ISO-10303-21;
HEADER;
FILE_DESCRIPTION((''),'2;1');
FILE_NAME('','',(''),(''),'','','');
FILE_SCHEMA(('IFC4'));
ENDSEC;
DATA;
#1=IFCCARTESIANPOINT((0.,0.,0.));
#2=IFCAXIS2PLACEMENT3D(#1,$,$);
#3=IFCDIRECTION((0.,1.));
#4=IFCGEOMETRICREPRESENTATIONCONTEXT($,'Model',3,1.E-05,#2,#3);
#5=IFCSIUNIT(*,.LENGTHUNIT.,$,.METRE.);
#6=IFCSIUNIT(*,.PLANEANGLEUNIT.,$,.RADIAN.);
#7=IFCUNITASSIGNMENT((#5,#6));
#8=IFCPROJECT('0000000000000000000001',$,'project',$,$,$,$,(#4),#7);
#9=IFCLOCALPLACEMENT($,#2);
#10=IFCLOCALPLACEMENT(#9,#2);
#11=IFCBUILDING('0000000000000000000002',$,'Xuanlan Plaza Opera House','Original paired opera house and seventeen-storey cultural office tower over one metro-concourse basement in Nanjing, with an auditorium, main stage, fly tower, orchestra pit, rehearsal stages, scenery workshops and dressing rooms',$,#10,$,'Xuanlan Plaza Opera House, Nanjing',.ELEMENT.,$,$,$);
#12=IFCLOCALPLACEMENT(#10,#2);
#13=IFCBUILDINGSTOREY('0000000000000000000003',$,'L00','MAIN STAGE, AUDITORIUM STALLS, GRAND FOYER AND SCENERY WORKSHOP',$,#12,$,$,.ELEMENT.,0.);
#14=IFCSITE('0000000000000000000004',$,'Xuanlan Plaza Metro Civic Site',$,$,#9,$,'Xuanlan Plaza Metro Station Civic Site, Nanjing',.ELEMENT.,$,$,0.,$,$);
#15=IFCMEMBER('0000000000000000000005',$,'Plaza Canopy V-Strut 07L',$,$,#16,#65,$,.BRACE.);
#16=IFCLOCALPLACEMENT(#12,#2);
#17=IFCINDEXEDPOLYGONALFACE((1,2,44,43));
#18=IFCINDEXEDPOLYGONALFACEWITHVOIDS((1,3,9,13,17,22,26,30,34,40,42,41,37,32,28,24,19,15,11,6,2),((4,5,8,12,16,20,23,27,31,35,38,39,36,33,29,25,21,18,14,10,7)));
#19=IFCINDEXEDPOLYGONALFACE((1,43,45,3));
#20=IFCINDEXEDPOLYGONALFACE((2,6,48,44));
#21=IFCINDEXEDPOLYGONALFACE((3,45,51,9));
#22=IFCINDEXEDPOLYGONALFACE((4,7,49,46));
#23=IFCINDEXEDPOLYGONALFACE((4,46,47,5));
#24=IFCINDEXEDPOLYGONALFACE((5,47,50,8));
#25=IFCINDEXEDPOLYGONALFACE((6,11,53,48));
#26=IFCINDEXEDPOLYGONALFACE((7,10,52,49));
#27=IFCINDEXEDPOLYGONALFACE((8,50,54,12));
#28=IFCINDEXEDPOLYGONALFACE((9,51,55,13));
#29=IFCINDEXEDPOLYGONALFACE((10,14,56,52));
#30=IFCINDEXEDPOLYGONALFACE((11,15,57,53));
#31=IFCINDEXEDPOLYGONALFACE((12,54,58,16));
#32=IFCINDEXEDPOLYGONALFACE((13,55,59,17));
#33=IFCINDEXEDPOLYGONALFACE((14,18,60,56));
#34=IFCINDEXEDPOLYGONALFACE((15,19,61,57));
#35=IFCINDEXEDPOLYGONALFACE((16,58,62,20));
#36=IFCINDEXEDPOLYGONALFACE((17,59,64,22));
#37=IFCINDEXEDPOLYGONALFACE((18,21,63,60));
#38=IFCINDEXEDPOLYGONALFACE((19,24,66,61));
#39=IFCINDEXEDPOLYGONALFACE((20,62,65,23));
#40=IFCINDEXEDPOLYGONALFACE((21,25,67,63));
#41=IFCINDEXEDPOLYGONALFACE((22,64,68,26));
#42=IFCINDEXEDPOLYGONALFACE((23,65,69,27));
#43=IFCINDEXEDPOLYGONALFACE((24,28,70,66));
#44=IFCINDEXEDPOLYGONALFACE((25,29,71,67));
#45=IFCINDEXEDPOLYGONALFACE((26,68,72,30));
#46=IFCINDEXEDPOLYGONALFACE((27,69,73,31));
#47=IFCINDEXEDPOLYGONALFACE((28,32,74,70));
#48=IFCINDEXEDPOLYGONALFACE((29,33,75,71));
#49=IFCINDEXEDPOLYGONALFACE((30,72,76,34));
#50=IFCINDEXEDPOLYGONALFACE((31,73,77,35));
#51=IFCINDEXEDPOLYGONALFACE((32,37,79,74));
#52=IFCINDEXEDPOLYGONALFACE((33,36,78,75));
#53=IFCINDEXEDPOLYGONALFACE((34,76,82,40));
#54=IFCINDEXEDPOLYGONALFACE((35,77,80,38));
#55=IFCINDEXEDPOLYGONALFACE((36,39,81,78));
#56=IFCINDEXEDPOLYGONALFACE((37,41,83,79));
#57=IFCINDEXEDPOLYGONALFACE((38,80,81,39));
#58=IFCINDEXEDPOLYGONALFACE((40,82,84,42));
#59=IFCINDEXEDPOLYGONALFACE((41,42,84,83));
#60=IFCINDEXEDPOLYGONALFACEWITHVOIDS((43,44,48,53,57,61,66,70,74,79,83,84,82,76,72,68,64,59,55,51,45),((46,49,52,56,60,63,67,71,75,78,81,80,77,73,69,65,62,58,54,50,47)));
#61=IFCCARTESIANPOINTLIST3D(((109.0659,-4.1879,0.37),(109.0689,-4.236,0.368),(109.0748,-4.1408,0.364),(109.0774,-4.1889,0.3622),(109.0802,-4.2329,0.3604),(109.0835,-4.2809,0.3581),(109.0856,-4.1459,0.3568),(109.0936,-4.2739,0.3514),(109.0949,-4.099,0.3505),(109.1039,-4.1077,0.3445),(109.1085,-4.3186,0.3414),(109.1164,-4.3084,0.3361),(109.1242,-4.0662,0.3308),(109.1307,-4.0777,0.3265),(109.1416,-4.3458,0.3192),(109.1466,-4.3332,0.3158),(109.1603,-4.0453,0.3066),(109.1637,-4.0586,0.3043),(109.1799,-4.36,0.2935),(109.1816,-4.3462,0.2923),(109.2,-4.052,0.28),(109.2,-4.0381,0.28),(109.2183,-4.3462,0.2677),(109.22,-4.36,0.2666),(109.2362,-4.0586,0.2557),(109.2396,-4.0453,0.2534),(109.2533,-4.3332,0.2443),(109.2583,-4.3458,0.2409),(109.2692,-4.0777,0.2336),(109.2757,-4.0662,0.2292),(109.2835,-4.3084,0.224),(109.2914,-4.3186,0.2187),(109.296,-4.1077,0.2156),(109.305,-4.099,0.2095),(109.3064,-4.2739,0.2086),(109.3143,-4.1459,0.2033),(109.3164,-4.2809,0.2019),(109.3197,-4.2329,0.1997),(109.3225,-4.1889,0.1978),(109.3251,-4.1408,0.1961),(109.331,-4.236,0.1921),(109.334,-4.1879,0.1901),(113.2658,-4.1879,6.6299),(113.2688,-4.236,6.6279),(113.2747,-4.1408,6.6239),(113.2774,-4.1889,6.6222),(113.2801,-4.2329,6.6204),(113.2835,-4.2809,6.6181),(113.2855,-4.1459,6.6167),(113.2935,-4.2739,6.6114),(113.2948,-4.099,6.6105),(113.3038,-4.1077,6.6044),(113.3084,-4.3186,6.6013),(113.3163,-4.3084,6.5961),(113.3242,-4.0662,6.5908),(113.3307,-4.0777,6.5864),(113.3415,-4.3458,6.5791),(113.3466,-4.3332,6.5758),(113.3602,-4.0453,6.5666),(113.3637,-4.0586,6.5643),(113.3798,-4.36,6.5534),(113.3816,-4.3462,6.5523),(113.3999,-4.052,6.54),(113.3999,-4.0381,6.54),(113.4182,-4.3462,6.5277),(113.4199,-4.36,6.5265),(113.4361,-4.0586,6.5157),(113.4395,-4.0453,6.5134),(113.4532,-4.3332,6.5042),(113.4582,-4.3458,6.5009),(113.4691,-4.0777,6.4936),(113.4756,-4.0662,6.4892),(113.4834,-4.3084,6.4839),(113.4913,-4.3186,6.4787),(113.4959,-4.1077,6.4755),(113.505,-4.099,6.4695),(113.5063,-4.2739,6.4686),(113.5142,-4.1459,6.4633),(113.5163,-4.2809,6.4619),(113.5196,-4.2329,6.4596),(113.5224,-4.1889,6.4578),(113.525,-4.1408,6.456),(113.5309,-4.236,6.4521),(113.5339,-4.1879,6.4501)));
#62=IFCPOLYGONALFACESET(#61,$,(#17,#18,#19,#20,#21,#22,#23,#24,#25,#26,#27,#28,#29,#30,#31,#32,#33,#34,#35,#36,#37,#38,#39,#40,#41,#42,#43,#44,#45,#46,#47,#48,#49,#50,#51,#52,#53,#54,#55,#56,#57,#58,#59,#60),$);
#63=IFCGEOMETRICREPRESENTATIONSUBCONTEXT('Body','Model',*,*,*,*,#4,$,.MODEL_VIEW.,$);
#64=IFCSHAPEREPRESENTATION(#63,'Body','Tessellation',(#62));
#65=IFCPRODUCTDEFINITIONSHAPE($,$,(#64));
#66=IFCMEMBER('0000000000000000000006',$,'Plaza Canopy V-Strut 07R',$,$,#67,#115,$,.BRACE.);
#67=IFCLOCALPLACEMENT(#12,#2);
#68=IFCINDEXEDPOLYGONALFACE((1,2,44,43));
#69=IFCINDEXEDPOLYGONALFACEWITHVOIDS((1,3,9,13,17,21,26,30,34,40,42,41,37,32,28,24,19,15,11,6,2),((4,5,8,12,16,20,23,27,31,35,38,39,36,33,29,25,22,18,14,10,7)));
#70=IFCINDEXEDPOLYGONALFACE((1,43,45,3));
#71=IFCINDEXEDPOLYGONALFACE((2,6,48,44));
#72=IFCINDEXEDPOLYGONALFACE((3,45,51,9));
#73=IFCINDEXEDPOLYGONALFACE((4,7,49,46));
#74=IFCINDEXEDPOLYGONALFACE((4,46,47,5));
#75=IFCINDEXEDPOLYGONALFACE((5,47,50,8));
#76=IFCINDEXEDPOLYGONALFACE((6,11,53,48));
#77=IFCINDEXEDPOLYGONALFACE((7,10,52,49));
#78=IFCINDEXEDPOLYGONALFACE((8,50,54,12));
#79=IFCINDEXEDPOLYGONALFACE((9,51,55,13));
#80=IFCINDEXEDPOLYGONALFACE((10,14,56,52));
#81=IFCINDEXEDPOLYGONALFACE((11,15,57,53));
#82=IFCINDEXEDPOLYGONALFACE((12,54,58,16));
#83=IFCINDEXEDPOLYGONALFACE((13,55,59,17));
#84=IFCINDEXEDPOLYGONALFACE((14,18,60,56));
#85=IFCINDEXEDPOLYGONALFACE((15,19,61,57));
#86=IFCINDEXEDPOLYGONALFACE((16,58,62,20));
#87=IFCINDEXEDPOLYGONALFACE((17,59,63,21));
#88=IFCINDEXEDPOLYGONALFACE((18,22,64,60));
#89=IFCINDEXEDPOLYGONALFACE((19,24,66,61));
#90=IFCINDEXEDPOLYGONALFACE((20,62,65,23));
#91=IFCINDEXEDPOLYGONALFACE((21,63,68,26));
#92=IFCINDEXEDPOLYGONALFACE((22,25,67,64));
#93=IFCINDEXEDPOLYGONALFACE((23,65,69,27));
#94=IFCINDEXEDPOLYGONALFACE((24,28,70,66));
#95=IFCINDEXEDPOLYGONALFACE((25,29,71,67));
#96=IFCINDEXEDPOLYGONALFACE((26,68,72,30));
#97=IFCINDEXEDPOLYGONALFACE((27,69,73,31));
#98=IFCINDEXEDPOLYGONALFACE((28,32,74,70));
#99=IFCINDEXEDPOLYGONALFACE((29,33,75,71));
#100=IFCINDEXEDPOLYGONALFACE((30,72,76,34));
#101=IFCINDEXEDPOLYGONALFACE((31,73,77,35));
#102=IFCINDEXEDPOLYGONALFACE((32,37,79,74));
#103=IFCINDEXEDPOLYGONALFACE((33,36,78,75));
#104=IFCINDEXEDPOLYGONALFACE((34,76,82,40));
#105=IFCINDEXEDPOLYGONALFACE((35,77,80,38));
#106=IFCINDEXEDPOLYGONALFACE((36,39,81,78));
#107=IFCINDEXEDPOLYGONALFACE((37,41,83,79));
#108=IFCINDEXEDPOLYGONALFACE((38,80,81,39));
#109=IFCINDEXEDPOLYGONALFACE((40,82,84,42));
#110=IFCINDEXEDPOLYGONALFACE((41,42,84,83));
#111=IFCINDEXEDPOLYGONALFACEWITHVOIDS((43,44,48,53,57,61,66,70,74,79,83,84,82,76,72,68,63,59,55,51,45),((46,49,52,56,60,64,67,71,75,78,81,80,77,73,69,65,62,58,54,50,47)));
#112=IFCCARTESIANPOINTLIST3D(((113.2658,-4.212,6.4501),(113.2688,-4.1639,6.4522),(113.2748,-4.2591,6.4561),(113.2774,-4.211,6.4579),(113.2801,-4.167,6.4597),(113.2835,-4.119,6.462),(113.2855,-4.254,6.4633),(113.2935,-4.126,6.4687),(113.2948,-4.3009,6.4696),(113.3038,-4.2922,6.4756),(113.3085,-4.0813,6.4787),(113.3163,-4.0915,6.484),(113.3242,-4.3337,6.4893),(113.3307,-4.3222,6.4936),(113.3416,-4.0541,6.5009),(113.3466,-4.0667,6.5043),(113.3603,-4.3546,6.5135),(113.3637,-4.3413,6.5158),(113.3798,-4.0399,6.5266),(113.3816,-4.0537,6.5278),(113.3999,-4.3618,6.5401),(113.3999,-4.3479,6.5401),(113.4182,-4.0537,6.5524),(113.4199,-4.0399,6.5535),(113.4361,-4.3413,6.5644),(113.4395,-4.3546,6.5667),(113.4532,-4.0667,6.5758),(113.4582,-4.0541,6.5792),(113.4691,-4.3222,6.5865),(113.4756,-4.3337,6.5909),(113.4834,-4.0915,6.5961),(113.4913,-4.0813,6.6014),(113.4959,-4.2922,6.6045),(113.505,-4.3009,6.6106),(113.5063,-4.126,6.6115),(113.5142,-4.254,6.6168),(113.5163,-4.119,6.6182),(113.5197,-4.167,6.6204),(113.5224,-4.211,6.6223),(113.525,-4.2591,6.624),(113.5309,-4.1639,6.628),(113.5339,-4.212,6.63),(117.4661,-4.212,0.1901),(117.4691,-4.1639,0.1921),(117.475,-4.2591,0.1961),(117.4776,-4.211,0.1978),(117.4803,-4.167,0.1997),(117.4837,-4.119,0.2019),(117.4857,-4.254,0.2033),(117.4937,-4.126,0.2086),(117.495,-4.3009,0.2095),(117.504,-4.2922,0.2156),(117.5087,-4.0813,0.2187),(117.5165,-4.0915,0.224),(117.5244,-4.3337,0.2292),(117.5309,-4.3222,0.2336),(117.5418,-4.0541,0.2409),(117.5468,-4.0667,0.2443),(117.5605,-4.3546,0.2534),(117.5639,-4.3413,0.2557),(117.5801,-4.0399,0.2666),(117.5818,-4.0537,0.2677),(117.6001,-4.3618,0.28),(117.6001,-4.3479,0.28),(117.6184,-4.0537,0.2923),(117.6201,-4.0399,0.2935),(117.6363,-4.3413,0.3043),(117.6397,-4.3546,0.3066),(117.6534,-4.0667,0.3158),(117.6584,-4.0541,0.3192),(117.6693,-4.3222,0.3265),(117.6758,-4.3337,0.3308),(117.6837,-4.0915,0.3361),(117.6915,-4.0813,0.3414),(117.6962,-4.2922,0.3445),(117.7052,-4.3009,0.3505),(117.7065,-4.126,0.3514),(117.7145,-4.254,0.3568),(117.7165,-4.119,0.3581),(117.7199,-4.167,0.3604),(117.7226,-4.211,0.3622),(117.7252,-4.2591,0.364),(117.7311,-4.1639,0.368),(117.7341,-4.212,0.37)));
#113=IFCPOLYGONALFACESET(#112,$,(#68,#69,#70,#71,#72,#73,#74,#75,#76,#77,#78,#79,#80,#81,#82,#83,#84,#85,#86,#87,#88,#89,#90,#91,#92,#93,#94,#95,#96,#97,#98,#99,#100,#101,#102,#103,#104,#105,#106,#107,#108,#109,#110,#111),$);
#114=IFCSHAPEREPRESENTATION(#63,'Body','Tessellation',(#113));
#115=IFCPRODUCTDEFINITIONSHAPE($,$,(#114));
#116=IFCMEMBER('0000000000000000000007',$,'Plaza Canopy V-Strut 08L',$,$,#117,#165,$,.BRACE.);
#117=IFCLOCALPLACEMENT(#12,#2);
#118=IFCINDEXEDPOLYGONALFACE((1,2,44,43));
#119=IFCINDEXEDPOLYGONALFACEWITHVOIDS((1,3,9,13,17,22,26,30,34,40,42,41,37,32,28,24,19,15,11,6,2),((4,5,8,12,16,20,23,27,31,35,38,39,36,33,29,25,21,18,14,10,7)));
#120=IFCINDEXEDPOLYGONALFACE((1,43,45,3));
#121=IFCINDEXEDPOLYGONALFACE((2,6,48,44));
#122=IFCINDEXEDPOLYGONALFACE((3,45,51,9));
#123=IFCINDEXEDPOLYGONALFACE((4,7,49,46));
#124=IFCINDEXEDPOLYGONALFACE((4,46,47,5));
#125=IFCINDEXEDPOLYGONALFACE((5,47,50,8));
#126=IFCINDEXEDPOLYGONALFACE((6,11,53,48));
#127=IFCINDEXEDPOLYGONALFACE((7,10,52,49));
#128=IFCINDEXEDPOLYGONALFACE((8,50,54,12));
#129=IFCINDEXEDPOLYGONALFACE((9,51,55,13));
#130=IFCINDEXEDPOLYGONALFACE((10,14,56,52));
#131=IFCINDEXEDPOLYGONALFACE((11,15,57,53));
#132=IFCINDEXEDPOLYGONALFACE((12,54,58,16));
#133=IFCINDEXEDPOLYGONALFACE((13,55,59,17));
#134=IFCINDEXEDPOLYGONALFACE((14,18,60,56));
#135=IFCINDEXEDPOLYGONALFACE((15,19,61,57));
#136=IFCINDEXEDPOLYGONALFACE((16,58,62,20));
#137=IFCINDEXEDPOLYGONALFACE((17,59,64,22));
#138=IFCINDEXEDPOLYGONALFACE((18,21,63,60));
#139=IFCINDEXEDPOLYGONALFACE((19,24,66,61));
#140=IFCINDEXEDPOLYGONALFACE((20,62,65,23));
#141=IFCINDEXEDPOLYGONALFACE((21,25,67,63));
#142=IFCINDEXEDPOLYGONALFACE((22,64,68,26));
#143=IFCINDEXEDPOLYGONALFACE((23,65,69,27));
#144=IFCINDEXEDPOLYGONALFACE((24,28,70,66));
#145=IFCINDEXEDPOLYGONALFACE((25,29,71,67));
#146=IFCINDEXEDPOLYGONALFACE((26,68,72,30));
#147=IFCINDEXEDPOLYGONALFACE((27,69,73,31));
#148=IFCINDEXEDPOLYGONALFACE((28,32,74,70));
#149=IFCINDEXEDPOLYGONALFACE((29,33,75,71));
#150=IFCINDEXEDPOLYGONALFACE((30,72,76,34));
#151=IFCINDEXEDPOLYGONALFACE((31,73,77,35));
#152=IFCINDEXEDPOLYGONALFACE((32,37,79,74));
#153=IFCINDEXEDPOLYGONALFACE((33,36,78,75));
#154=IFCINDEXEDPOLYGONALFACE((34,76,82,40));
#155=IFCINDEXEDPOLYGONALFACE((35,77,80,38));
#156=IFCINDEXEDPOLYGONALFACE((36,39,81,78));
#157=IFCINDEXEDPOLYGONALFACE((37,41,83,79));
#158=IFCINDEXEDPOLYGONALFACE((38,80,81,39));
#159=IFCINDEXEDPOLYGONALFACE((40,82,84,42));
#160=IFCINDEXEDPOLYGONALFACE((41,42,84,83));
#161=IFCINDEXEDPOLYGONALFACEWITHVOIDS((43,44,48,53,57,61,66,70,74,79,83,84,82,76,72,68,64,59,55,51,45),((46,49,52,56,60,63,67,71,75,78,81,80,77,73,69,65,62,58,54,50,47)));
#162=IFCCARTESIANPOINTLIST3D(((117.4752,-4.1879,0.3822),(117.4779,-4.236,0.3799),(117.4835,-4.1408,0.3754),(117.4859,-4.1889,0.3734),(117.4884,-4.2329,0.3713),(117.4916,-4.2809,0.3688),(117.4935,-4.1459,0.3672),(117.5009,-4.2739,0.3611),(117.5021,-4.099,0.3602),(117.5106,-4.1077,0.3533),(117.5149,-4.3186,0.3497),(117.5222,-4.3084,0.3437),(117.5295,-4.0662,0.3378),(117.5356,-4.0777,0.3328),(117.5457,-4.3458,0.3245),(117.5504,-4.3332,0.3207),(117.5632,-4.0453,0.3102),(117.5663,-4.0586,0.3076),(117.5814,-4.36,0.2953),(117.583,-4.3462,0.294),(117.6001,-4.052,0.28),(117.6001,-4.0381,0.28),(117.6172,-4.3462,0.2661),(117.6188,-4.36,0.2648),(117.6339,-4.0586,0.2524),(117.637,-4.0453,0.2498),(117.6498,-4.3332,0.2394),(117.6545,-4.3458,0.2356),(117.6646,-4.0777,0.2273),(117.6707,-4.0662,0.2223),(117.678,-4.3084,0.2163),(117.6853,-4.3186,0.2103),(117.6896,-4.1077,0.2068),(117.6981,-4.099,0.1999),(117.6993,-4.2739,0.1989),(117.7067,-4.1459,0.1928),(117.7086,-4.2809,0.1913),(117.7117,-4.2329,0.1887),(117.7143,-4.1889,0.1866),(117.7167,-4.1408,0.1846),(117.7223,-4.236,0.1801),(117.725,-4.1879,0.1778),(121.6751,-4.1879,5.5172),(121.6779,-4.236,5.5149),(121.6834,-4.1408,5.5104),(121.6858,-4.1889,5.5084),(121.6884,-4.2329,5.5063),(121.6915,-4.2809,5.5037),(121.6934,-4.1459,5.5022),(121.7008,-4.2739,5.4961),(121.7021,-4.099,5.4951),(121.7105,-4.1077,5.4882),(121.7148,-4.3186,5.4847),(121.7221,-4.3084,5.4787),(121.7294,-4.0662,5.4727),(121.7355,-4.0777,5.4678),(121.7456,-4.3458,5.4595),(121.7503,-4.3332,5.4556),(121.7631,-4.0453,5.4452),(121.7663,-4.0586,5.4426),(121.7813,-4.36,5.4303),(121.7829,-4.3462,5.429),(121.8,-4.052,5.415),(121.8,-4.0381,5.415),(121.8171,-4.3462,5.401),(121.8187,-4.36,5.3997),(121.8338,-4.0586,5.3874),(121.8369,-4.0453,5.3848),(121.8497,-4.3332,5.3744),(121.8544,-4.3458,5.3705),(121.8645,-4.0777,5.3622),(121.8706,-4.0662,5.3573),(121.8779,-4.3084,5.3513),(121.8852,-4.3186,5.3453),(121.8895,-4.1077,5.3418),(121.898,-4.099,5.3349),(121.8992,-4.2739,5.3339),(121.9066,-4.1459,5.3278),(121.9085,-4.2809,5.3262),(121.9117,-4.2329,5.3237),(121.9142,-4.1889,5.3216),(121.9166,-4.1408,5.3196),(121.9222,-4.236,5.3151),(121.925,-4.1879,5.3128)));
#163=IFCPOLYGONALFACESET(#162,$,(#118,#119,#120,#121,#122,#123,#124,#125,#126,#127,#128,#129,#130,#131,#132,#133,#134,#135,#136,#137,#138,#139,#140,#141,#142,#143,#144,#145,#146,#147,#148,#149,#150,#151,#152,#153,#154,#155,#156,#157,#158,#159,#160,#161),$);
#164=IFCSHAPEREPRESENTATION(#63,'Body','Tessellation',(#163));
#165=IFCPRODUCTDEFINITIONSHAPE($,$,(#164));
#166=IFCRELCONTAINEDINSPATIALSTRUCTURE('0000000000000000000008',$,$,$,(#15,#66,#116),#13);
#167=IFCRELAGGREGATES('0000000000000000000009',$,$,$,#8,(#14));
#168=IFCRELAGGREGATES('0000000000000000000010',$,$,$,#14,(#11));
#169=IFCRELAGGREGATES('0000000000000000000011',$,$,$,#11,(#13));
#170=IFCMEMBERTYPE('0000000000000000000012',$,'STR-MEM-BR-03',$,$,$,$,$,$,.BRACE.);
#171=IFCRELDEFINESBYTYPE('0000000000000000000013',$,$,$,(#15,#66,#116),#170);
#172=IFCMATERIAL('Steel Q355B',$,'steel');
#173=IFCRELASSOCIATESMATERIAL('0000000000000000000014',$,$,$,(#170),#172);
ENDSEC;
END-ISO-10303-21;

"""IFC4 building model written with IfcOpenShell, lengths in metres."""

from ifc_helpers import new_model, si_unit, direction, frame, origin, origin_2d, place, context, subcontext, project, spatial, hollow_circle, extrude, material, material_profile, profile_set, type_object, element, save


model = new_model("IFC4")

# Units and contexts
model_context = context("Model", 3, precision=1e-05, world=origin(), true_north=direction((0.0, 1.0)))
body_context = subcontext(model_context, "Body", "Model", "MODEL_VIEW")
ifc_project = project(units=[si_unit("LENGTHUNIT", "METRE"), si_unit("PLANEANGLEUNIT", "RADIAN")], contexts=[model_context])

# Site, building, storey
site_placement = place(None, origin())
site = spatial("IfcSite", under=ifc_project, at=site_placement, Name="Xuanlan Plaza Metro Civic Site", LongName="Xuanlan Plaza Metro Station Civic Site, Nanjing", CompositionType="ELEMENT", RefElevation=0.0)
building_placement = place(site_placement, origin())
building = spatial("IfcBuilding", under=site, at=building_placement, Name="Xuanlan Plaza Opera House", Description="Original paired opera house and seventeen-storey cultural office tower over one metro-concourse basement in Nanjing, with an auditorium, main stage, fly tower, orchestra pit, rehearsal stages, scenery workshops and dressing rooms", LongName="Xuanlan Plaza Opera House, Nanjing", CompositionType="ELEMENT")
storey_placement = place(building_placement, origin())
storey = spatial("IfcBuildingStorey", under=building, at=storey_placement, Name="L00", Description="MAIN STAGE, AUDITORIUM STALLS, GRAND FOYER AND SCENERY WORKSHOP", CompositionType="ELEMENT", Elevation=0.0)

# Shared definitions
ifc_material_1 = material(Name="Steel Q355B", Category="steel")

# Members
ifc_material_profile_1 = material_profile(ifc_material_1, hollow_circle(Radius=0.1619, WallThickness=0.0139, at=origin_2d()), Name="CHS 323.9x14")
ifc_profile_set_1 = profile_set([ifc_material_profile_1], Name="Steel Q355B")
member_type_1 = type_object("IfcMemberType", Name="STR-MEM-BR-03", PredefinedType="BRACE", material=ifc_profile_set_1)
member_1_placement = place(storey_placement, frame((109.2, -4.2, 0.28), z_axis=(0.557142, 0.0, 0.830417), x_axis=(0.0, 1.0, 0.0)))
element("IfcMember", 1, at=member_1_placement, inside=storey, type_object=member_type_1, Name="Plaza Canopy V-Strut 07L", PredefinedType="BRACE", context=body_context, shape_type="SweptSolid", body=[
    extrude(hollow_circle(Radius=0.1619, WallThickness=0.0139, at=origin_2d()), origin(), (0.0, 0.0, 1.0), 7.5383),
])
member_2_placement = place(storey_placement, frame((117.6001, -4.2, 0.28), z_axis=(-0.557164, 0.0, 0.830402), x_axis=(0.0, -1.0, 0.0)))
element("IfcMember", 2, at=member_2_placement, inside=storey, type_object=member_type_1, Name="Plaza Canopy V-Strut 07R", PredefinedType="BRACE", context=body_context, shape_type="SweptSolid", body=[
    extrude(hollow_circle(Radius=0.1619, WallThickness=0.0139, at=origin_2d()), origin(), (0.0, 0.0, 1.0), 7.5386),
])
member_3_placement = place(storey_placement, frame((117.6001, -4.2, 0.28), z_axis=(0.63311, 0.0, 0.774062), x_axis=(0.0, 1.0, 0.0)))
element("IfcMember", 3, at=member_3_placement, inside=storey, type_object=member_type_1, Name="Plaza Canopy V-Strut 08L", PredefinedType="BRACE", context=body_context, shape_type="SweptSolid", body=[
    extrude(hollow_circle(Radius=0.1619, WallThickness=0.0139, at=origin_2d()), origin(), (0.0, 0.0, 1.0), 6.6338),
])

save(model, "model.ifc")
